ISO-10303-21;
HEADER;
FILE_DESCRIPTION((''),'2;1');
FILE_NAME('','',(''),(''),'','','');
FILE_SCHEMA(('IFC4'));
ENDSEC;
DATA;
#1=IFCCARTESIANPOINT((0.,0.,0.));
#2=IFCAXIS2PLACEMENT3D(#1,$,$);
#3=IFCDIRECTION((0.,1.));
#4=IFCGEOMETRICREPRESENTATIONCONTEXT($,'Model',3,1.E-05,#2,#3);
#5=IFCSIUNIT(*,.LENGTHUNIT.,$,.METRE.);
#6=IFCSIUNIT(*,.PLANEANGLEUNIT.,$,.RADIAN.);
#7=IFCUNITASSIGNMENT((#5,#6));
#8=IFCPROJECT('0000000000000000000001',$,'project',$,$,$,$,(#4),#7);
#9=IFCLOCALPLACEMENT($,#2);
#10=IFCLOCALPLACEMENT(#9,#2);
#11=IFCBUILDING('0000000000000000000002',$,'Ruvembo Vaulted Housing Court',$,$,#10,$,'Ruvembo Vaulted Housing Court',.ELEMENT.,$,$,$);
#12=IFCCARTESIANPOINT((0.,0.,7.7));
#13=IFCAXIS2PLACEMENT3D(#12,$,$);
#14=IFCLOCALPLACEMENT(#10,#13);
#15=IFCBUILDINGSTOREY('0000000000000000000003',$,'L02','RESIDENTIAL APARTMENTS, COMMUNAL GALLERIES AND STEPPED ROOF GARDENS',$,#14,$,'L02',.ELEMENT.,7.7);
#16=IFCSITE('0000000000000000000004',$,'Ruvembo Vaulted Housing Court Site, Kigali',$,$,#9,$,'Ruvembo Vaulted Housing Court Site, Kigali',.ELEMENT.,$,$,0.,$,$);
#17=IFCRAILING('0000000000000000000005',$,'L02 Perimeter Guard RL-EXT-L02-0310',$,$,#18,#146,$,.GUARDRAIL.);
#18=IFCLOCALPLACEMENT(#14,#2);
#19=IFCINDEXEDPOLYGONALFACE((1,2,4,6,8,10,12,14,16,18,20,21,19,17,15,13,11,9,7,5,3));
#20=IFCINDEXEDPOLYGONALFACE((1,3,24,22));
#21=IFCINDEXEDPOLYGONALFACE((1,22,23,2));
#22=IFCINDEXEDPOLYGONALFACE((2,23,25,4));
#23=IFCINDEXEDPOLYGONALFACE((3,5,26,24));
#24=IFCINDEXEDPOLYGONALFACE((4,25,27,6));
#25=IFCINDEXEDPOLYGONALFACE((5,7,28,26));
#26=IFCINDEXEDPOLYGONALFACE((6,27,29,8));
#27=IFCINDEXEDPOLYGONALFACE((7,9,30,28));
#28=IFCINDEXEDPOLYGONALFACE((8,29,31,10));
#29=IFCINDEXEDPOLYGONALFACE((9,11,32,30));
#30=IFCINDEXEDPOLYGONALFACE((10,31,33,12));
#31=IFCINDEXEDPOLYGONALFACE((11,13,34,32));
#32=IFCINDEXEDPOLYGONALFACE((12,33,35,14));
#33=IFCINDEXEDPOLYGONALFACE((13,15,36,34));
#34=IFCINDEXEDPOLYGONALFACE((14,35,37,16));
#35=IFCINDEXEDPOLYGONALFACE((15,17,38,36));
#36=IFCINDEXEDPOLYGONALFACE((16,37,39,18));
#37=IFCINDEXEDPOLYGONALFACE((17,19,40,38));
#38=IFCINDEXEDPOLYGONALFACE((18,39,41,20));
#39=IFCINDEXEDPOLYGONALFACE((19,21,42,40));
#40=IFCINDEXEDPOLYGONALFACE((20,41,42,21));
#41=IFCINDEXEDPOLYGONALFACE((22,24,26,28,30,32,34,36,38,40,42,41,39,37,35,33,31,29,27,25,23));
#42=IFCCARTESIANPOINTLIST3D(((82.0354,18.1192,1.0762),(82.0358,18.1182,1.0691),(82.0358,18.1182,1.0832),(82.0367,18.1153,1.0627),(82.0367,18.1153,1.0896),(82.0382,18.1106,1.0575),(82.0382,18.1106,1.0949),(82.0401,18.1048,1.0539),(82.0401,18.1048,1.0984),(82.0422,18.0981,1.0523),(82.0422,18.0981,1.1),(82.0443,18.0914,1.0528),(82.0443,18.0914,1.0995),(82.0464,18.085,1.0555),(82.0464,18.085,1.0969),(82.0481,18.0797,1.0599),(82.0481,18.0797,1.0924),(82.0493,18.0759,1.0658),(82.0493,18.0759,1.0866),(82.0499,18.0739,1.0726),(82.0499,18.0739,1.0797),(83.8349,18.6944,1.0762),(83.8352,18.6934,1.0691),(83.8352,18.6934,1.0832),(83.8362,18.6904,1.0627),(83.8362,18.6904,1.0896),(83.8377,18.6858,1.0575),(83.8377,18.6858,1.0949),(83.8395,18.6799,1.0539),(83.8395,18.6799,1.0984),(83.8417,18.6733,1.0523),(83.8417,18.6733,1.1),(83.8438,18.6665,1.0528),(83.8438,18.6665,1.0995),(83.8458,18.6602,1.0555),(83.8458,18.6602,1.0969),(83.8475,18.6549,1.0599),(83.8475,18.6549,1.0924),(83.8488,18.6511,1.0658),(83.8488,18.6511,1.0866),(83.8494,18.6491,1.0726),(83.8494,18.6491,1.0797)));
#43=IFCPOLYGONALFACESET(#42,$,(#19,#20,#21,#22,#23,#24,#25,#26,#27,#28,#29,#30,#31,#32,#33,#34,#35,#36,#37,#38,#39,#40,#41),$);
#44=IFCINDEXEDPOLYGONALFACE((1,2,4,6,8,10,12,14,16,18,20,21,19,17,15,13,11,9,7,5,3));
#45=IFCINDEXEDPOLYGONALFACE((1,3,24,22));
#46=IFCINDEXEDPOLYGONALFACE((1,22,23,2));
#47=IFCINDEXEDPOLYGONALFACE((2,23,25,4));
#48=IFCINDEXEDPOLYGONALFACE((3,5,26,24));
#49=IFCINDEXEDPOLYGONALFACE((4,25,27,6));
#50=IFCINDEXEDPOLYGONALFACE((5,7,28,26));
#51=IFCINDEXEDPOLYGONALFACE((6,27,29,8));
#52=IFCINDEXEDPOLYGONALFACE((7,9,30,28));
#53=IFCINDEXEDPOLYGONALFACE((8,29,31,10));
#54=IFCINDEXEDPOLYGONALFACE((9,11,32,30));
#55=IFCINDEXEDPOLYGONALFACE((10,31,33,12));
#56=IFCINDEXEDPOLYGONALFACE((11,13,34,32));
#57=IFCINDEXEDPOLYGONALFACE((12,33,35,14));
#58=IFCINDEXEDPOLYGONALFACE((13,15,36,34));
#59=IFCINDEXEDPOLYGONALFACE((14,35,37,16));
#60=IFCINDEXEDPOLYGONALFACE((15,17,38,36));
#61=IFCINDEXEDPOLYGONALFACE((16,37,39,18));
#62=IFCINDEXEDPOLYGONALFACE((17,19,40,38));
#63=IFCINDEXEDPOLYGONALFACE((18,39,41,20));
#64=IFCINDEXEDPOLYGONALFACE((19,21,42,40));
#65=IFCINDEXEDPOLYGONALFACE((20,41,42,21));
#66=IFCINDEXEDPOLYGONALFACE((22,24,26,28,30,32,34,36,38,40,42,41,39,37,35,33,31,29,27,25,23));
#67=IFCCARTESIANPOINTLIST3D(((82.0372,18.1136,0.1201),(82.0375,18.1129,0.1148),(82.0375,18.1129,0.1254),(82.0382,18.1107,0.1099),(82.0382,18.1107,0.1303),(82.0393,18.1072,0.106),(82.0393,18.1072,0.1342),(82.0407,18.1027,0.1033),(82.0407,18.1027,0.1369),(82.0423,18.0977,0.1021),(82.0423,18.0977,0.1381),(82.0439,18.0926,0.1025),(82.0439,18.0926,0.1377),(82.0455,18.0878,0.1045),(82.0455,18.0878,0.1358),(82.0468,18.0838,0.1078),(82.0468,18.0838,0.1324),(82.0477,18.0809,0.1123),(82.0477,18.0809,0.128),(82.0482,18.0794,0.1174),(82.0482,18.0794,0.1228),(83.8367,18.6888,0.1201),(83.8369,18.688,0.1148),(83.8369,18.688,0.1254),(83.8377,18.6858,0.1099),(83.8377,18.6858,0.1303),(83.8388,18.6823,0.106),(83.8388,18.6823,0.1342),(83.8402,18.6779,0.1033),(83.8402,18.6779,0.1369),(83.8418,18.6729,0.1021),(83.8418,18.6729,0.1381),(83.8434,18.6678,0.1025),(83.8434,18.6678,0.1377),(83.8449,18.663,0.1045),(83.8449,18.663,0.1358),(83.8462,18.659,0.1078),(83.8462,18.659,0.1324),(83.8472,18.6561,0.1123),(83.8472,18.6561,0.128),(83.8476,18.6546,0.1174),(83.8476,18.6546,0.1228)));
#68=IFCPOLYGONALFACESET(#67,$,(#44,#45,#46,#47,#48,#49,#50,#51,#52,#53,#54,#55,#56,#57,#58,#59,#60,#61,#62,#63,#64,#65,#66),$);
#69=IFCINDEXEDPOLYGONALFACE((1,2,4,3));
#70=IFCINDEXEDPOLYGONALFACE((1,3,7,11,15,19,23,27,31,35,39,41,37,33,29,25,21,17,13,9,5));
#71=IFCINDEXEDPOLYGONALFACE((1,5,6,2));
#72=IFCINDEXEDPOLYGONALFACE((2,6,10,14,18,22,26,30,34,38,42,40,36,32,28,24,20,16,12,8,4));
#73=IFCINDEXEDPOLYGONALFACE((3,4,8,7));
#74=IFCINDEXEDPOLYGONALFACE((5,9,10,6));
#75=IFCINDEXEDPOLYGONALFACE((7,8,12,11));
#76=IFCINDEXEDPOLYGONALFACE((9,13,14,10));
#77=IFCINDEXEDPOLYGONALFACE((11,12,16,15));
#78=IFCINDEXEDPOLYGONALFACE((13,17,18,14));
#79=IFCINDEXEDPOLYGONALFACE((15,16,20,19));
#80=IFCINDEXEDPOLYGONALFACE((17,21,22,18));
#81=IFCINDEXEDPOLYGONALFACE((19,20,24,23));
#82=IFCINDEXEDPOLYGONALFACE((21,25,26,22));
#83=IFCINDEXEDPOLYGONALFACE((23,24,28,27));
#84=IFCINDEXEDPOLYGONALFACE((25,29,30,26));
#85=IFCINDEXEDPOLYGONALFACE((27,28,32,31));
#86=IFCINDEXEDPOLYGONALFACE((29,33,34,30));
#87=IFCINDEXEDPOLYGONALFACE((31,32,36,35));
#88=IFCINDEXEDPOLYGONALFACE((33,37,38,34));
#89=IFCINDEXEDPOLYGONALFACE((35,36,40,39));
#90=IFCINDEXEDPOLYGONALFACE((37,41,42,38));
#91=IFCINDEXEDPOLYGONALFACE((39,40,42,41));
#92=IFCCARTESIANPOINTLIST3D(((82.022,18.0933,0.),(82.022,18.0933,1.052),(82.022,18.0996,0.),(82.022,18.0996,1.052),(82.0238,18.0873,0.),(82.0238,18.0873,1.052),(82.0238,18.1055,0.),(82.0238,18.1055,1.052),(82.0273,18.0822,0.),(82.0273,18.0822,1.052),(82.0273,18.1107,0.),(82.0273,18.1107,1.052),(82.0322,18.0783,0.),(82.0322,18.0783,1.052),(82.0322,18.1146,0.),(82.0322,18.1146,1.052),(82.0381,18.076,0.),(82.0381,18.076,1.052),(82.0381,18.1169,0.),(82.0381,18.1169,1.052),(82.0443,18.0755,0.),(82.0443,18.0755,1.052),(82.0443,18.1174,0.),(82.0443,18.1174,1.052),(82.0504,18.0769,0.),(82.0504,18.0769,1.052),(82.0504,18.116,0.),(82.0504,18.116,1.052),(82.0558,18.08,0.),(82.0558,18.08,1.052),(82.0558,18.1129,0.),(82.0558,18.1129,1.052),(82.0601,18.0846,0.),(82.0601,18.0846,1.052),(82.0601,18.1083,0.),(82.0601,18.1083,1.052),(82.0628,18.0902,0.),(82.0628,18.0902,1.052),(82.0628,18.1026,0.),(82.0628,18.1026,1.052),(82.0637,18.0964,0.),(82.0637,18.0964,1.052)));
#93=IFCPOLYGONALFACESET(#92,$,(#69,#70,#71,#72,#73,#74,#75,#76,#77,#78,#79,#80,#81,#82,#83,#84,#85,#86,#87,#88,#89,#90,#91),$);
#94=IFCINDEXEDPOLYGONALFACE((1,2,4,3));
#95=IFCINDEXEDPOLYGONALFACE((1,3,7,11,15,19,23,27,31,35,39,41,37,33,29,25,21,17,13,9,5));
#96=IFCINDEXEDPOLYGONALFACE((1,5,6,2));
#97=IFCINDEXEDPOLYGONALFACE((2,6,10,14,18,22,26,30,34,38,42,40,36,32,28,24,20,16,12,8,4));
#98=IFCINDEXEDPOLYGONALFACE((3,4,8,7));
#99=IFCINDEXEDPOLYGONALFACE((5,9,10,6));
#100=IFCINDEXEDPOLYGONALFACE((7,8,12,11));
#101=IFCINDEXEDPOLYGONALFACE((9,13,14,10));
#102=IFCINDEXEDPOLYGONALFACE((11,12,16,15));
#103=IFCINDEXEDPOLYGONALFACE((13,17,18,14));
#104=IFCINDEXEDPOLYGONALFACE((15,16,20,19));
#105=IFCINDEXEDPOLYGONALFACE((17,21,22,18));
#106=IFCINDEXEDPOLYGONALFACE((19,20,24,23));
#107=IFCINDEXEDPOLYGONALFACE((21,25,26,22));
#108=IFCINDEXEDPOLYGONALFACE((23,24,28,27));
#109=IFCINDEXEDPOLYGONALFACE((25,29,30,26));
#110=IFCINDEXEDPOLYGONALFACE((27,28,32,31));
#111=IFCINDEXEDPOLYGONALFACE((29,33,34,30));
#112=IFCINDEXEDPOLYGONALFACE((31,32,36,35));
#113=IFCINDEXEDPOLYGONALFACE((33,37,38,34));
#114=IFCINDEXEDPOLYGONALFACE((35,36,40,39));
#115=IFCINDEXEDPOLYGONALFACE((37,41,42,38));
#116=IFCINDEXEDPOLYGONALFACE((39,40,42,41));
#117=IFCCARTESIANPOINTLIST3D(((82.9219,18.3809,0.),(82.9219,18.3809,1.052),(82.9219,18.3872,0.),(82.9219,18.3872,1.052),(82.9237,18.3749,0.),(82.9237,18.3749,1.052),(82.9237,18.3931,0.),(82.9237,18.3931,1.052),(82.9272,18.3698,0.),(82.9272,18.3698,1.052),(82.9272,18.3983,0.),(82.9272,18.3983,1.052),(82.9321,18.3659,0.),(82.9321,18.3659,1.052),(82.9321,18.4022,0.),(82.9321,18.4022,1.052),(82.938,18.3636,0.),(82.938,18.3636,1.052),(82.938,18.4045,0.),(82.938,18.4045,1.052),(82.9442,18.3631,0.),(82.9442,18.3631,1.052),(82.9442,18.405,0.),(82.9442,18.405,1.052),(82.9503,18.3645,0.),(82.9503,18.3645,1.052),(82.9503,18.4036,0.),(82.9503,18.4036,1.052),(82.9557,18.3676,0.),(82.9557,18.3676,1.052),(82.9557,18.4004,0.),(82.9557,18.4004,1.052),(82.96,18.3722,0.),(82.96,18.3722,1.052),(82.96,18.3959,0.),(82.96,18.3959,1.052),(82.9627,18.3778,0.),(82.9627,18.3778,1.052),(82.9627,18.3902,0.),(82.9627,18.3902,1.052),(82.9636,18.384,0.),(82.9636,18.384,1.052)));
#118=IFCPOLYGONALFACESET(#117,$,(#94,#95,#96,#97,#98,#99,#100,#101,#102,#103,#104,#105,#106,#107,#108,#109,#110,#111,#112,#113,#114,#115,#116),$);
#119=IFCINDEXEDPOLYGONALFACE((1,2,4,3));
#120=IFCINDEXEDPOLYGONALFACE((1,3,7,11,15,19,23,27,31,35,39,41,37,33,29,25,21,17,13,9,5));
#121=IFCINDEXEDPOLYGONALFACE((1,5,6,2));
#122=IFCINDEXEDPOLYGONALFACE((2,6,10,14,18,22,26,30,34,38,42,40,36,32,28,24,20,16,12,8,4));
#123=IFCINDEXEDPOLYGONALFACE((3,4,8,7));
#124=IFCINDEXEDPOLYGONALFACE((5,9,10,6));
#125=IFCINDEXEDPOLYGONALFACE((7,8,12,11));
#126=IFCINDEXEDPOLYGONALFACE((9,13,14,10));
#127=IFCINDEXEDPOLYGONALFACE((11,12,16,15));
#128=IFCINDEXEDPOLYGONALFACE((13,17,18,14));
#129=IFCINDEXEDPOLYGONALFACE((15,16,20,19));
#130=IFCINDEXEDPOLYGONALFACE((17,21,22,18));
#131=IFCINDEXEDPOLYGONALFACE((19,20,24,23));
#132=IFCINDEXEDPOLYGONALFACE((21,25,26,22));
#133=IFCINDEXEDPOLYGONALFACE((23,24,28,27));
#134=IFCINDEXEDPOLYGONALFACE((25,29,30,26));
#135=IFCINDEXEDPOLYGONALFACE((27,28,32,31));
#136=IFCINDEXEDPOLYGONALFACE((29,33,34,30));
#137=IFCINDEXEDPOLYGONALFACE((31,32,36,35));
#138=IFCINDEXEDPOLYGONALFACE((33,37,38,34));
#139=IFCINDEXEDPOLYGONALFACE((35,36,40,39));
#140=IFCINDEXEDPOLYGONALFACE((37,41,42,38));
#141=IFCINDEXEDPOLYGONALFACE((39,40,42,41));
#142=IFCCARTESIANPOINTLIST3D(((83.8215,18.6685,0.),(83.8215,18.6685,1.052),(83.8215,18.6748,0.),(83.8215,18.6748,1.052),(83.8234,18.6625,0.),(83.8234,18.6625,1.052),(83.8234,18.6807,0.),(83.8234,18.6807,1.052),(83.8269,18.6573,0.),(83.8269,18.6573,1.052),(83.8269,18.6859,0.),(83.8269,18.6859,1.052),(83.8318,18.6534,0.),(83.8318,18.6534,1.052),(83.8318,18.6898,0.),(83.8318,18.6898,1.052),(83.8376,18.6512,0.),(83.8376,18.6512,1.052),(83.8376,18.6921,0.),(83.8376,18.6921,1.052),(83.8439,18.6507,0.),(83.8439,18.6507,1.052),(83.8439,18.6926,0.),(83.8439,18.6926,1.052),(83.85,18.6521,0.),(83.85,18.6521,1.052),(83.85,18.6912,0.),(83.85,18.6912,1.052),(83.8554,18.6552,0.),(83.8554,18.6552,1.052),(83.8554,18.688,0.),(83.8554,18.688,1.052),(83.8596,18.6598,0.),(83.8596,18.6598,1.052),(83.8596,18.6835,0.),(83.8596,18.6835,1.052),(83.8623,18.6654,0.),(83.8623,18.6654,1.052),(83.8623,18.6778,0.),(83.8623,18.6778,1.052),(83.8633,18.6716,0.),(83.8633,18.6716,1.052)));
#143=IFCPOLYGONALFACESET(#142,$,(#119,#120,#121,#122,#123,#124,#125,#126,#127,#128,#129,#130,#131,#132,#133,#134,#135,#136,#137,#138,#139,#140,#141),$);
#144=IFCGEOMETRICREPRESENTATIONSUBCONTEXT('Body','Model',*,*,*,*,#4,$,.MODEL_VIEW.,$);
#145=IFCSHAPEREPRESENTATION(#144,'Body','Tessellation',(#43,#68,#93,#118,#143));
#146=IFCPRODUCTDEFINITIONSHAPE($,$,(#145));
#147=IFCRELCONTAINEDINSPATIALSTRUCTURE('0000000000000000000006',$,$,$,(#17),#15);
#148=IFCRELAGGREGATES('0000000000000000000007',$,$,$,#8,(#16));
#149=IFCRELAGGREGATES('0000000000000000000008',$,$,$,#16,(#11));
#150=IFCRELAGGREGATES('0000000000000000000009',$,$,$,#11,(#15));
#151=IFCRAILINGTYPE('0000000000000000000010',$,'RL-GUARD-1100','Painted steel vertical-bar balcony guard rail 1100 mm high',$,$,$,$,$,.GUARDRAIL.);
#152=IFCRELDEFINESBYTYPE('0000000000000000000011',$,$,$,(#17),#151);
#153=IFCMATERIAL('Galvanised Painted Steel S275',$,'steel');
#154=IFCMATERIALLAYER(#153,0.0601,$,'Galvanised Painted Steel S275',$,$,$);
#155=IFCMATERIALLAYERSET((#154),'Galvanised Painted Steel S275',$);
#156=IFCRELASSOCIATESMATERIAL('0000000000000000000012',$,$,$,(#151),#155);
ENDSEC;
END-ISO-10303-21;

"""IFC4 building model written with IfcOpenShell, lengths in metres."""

from ifc_helpers import new_model, si_unit, direction, frame, origin, origin_2d, place, context, subcontext, project, spatial, circle, extrude, material, layer, layer_set, type_object, element, save


model = new_model("IFC4")

# Units and contexts
model_context = context("Model", 3, precision=1e-05, world=origin(), true_north=direction((0.0, 1.0)))
body_context = subcontext(model_context, "Body", "Model", "MODEL_VIEW")
ifc_project = project(units=[si_unit("LENGTHUNIT", "METRE"), si_unit("PLANEANGLEUNIT", "RADIAN")], contexts=[model_context])

# Site, building, storey
site_placement = place(None, origin())
site = spatial("IfcSite", under=ifc_project, at=site_placement, Name="Ruvembo Vaulted Housing Court Site, Kigali", LongName="Ruvembo Vaulted Housing Court Site, Kigali", CompositionType="ELEMENT", RefElevation=0.0)
building_placement = place(site_placement, origin())
building = spatial("IfcBuilding", under=site, at=building_placement, Name="Ruvembo Vaulted Housing Court", LongName="Ruvembo Vaulted Housing Court", CompositionType="ELEMENT")
storey_placement = place(building_placement, frame((0.0, 0.0, 7.7)))
storey = spatial("IfcBuildingStorey", under=building, at=storey_placement, Name="L02", Description="RESIDENTIAL APARTMENTS, COMMUNAL GALLERIES AND STEPPED ROOF GARDENS", LongName="L02", CompositionType="ELEMENT", Elevation=7.7)

# Railing
ifc_material_1 = material(Name="Galvanised Painted Steel S275", Category="steel")
ifc_layer = layer(ifc_material_1, 0.0601, Name="Galvanised Painted Steel S275")
ifc_layer_set = layer_set([ifc_layer], Name="Galvanised Painted Steel S275")
railing_type = type_object("IfcRailingType", Name="RL-GUARD-1100", Description="Painted steel vertical-bar balcony guard rail 1100 mm high", PredefinedType="GUARDRAIL", material=ifc_layer_set)
railing_1_placement = place(storey_placement, frame((82.0427, 18.0964, 0.0)))
element("IfcRailing", 1, at=railing_1_placement, inside=storey, type_object=railing_type, Name="L02 Perimeter Guard RL-EXT-L02-0310", PredefinedType="GUARDRAIL", context=body_context, shape_type="SweptSolid", body=[
    extrude(circle(Radius=0.0239, at=origin_2d()), frame((0.0, 0.0, 1.0762), z_axis=(0.952526, 0.304457, 0.0), x_axis=(-0.304457, 0.952526, 0.0)), (0.0, 0.0, 1.0), 1.8892),
    extrude(circle(Radius=0.0181, at=origin_2d()), frame((0.0, 0.0, 0.1201), z_axis=(0.952526, 0.304457, 0.0), x_axis=(-0.304457, 0.952526, 0.0)), (0.0, 0.0, 1.0), 1.8892),
    extrude(circle(Radius=0.021, at=origin_2d()), origin(), (0.0, 0.0, 1.0), 1.052),
    extrude(circle(Radius=0.021, at=origin_2d()), frame((0.8999, 0.2876, 0.0)), (0.0, 0.0, 1.0), 1.052),
    extrude(circle(Radius=0.021, at=origin_2d()), frame((1.7996, 0.5752, 0.0)), (0.0, 0.0, 1.0), 1.052),
])

save(model, "model.ifc")
